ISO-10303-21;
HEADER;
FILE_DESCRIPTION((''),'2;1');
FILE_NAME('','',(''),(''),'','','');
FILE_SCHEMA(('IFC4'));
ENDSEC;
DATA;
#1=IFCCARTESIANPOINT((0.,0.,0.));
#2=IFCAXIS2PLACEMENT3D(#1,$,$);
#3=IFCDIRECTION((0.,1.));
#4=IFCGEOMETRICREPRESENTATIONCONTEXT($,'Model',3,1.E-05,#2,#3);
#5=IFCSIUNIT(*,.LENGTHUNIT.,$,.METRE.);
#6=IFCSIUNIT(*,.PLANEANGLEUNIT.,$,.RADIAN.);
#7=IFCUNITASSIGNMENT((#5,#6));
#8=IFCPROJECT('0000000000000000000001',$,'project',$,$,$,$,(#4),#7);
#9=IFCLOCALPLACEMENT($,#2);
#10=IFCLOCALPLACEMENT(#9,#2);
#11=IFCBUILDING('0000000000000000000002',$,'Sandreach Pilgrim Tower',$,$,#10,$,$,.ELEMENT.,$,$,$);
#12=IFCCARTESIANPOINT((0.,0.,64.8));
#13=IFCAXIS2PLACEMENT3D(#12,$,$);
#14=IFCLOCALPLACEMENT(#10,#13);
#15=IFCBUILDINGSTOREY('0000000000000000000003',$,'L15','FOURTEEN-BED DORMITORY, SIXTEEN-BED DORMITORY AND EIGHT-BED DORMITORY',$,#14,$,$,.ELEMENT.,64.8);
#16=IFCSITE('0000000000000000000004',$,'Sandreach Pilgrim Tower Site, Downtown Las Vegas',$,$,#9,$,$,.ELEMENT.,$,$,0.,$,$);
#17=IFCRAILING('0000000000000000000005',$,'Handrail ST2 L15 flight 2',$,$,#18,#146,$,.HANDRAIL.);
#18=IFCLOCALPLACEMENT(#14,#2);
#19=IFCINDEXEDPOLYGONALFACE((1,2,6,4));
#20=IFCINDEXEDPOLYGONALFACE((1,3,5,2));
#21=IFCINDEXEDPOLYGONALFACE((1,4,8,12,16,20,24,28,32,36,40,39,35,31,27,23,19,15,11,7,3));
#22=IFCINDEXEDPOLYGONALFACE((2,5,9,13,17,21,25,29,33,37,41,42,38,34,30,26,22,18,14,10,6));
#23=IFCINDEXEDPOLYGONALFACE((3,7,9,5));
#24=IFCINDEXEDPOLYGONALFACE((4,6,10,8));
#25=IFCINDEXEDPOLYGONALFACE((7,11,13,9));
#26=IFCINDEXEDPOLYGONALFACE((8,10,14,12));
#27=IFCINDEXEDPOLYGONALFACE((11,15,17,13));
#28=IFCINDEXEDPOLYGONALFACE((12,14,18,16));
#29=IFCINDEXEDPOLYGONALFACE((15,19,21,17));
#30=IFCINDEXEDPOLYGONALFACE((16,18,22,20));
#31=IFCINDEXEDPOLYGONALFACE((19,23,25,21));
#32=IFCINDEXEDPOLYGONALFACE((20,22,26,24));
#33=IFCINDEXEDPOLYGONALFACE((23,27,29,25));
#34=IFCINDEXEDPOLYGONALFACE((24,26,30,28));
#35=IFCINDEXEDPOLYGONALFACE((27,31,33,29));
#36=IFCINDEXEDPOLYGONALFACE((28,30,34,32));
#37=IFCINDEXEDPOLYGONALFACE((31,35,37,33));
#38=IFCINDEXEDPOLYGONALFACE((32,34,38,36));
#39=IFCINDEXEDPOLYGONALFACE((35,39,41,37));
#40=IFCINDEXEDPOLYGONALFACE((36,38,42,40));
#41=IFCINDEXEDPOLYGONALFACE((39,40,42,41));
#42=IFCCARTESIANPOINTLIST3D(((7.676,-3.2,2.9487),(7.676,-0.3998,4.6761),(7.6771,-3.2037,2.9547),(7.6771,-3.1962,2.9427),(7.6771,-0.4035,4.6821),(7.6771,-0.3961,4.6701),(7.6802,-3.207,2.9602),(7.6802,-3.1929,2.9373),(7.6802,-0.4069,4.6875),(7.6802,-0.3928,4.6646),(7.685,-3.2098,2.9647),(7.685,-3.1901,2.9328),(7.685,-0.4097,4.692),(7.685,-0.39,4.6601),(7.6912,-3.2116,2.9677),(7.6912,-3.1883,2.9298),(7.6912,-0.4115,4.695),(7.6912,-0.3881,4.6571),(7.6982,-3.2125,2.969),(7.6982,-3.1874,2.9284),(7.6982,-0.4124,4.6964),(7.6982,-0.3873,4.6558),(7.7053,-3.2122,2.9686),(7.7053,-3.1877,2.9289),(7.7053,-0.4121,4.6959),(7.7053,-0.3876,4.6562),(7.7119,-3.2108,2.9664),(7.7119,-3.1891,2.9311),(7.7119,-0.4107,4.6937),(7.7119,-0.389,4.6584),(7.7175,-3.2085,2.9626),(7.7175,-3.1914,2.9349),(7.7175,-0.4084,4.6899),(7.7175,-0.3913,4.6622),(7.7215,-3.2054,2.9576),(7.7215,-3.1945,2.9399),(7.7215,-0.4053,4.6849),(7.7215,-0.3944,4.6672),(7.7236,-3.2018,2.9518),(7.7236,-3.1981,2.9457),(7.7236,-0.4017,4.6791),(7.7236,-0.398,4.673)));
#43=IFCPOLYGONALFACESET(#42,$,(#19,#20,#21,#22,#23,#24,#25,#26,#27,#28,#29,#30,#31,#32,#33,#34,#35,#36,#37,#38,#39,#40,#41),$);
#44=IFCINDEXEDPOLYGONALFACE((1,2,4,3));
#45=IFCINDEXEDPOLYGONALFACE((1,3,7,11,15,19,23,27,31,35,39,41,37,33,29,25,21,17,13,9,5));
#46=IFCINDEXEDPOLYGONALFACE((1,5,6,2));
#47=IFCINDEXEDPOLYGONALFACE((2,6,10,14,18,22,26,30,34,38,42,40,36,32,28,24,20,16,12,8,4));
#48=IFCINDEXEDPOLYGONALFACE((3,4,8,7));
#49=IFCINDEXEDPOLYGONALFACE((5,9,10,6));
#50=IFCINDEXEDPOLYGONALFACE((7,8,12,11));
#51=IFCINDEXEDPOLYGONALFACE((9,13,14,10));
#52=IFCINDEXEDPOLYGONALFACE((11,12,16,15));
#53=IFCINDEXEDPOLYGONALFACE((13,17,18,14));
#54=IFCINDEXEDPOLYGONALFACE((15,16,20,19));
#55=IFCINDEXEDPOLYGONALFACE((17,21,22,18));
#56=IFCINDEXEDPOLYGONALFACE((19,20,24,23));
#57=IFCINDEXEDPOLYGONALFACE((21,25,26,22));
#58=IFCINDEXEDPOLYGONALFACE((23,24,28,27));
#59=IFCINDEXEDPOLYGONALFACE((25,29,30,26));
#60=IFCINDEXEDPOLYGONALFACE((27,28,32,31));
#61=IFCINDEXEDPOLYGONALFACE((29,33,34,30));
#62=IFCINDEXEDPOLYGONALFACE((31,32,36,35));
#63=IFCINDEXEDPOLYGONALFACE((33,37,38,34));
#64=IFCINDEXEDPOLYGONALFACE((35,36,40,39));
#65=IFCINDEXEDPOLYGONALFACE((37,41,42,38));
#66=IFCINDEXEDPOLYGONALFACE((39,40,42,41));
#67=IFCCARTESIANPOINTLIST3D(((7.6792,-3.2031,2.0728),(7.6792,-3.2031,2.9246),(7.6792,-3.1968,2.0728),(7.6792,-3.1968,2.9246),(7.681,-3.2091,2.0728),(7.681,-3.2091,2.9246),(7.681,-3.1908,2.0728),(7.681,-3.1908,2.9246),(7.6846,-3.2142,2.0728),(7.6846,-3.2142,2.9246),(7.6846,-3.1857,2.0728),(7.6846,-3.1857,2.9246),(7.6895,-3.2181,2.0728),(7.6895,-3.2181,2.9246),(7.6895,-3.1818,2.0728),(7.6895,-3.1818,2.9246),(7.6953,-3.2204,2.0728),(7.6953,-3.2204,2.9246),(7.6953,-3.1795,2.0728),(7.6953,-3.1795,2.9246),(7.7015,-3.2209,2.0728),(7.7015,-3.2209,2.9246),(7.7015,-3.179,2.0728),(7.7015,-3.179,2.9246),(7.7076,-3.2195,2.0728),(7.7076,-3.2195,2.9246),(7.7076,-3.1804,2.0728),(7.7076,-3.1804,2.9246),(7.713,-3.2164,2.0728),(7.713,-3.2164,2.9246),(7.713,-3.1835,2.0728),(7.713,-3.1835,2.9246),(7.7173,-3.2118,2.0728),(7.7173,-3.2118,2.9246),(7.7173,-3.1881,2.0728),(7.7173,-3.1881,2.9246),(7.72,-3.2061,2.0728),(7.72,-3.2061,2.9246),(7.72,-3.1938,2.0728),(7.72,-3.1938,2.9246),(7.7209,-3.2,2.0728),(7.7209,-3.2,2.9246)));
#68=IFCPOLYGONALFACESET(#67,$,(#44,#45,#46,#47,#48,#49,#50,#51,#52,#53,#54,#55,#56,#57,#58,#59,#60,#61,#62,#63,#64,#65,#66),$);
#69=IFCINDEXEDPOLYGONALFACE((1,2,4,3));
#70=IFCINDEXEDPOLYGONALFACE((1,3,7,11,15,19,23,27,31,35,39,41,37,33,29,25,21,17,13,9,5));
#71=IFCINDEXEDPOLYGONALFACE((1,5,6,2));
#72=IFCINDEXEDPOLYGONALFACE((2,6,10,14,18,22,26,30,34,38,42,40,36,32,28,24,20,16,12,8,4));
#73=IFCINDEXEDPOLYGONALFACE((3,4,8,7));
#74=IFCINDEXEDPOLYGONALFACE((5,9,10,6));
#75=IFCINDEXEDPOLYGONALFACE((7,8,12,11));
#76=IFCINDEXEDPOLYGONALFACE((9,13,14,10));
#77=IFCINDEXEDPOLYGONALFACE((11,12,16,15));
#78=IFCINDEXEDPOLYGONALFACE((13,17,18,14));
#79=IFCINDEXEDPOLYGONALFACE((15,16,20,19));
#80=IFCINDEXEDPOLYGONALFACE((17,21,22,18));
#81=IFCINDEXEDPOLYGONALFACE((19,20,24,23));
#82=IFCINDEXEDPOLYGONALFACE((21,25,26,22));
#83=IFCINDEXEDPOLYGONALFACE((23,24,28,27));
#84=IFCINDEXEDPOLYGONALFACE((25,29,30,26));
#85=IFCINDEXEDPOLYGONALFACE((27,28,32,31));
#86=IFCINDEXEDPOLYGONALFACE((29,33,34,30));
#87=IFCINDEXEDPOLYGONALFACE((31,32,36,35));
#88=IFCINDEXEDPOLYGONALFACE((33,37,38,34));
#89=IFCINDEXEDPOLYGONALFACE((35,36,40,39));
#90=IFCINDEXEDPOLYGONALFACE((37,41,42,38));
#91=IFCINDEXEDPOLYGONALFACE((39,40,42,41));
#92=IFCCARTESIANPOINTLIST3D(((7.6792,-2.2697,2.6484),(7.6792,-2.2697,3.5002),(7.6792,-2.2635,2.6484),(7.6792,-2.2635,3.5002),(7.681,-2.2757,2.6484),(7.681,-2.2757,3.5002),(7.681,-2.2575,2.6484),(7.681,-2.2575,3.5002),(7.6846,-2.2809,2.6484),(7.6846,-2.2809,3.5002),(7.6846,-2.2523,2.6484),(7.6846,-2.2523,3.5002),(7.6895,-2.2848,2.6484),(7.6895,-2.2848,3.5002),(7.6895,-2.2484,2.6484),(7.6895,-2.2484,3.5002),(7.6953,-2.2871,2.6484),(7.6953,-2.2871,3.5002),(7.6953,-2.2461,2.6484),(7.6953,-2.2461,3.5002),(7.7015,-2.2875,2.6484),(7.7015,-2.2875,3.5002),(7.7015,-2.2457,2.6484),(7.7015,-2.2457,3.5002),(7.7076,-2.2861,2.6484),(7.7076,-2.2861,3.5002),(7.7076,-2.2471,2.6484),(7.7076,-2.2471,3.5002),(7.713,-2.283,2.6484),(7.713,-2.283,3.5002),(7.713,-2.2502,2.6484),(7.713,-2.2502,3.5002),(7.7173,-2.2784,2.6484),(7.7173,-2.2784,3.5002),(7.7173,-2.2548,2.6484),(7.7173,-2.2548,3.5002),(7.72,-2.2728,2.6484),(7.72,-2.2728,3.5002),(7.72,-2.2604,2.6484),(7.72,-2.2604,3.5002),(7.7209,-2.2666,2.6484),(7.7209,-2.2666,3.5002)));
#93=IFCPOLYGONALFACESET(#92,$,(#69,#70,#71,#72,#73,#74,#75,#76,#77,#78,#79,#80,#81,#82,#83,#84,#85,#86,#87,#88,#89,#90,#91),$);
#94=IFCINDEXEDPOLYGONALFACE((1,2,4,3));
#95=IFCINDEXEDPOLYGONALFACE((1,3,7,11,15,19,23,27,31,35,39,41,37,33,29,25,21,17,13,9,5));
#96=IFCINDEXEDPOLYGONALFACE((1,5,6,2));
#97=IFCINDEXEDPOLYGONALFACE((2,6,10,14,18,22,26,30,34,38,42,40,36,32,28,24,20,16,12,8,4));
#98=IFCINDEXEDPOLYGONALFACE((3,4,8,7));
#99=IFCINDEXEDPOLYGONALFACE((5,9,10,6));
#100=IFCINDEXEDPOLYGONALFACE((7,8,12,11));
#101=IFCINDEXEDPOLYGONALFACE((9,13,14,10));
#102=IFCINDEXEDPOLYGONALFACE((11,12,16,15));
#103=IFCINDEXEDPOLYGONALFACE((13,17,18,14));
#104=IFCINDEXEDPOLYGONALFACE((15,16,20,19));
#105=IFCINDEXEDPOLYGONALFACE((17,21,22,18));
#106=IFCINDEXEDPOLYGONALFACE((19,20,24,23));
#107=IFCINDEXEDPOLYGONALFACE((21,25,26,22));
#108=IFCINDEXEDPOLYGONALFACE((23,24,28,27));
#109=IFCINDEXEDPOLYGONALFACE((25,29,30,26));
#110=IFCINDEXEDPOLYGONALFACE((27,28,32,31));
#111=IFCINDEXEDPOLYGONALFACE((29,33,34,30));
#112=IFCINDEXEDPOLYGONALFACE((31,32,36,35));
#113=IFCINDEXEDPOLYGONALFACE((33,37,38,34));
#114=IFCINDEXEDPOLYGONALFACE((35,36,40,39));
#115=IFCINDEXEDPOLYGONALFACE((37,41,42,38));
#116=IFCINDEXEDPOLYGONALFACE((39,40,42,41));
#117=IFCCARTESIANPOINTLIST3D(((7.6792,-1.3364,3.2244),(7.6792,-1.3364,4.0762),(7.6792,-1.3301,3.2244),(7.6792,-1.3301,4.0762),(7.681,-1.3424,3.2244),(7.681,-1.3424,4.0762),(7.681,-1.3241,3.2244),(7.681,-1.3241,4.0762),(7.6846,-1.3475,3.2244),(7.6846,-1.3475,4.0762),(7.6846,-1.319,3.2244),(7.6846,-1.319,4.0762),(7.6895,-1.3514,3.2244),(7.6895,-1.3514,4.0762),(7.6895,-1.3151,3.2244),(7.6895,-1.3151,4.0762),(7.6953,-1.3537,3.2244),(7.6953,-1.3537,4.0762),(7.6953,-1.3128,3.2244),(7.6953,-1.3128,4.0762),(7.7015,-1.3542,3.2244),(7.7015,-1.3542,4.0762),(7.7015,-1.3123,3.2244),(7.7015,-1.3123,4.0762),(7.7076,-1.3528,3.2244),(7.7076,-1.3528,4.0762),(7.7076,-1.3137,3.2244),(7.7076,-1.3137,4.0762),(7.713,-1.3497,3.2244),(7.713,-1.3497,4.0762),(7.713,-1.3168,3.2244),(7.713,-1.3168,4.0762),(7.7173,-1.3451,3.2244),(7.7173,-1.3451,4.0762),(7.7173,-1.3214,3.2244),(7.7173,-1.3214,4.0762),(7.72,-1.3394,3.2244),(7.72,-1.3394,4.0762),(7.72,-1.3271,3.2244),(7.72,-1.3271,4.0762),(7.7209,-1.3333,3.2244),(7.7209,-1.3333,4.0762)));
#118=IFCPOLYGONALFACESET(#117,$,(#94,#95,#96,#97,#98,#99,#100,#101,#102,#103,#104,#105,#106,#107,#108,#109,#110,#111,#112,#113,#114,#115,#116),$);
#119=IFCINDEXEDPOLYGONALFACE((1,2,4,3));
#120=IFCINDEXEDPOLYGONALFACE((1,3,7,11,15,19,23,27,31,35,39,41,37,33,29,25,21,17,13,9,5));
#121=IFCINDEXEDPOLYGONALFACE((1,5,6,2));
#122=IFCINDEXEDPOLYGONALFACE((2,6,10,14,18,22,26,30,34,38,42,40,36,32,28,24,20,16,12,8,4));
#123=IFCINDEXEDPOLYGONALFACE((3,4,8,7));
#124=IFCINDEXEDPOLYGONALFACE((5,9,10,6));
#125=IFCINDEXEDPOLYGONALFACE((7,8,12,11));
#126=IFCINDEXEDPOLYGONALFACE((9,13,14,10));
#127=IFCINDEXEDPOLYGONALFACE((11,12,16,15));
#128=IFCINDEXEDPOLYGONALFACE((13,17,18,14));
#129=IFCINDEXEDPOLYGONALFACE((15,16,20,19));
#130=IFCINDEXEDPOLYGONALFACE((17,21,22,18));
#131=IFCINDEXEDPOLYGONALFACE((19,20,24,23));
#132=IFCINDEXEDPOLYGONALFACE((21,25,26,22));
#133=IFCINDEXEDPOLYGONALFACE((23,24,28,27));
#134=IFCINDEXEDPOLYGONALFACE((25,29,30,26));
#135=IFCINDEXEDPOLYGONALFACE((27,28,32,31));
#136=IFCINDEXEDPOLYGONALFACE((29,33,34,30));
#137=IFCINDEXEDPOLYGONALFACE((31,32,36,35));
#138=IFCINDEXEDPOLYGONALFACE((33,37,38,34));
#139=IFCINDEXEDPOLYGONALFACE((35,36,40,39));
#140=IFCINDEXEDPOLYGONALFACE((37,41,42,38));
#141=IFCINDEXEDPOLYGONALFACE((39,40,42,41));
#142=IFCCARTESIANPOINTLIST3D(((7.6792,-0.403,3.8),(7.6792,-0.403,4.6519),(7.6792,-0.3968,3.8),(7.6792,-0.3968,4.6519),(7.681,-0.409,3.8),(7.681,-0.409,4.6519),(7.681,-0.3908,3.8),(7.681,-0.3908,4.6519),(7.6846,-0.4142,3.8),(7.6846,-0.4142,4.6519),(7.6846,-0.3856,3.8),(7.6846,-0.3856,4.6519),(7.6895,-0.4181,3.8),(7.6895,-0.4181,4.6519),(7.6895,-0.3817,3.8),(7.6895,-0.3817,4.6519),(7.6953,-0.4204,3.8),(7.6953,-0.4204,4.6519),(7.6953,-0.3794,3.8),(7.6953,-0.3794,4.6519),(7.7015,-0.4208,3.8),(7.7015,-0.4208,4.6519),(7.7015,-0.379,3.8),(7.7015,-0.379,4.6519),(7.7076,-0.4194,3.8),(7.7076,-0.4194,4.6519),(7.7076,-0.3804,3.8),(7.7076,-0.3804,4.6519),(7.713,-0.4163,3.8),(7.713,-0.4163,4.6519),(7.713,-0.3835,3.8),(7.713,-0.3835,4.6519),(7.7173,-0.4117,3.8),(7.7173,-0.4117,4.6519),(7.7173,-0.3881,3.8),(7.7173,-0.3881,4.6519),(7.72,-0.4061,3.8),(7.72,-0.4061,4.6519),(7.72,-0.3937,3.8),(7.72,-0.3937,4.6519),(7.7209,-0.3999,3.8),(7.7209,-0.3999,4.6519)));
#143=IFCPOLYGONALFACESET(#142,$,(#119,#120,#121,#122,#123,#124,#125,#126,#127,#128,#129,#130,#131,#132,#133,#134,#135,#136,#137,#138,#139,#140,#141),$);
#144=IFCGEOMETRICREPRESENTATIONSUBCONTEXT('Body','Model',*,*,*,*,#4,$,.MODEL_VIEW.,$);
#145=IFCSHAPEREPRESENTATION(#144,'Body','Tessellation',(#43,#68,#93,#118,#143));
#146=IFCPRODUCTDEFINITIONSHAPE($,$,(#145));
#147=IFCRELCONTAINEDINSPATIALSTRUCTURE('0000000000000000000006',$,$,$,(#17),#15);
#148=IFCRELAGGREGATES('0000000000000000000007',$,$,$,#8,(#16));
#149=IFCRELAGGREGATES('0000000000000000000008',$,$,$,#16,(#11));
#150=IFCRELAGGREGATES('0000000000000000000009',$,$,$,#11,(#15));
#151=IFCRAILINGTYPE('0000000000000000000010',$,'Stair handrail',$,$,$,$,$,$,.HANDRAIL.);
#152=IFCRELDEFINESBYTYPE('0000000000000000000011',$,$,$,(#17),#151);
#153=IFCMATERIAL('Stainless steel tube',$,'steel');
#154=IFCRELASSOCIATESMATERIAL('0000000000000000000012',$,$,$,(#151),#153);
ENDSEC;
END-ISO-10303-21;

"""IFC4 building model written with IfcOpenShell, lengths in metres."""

from ifc_helpers import new_model, si_unit, direction, frame, origin, origin_2d, place, context, subcontext, project, spatial, circle, extrude, material, type_object, element, save


model = new_model("IFC4")

# Units and contexts
model_context = context("Model", 3, precision=1e-05, world=origin(), true_north=direction((0.0, 1.0)))
body_context = subcontext(model_context, "Body", "Model", "MODEL_VIEW")
ifc_project = project(units=[si_unit("LENGTHUNIT", "METRE"), si_unit("PLANEANGLEUNIT", "RADIAN")], contexts=[model_context])

# Site, building, storey
site_placement = place(None, origin())
site = spatial("IfcSite", under=ifc_project, at=site_placement, Name="Sandreach Pilgrim Tower Site, Downtown Las Vegas", CompositionType="ELEMENT", RefElevation=0.0)
building_placement = place(site_placement, origin())
building = spatial("IfcBuilding", under=site, at=building_placement, Name="Sandreach Pilgrim Tower", CompositionType="ELEMENT")
storey_placement = place(building_placement, frame((0.0, 0.0, 64.8)))
storey = spatial("IfcBuildingStorey", under=building, at=storey_placement, Name="L15", Description="FOURTEEN-BED DORMITORY, SIXTEEN-BED DORMITORY AND EIGHT-BED DORMITORY", CompositionType="ELEMENT", Elevation=64.8)

# Railing
ifc_material_1 = material(Name="Stainless steel tube", Category="steel")
railing_type = type_object("IfcRailingType", Name="Stair handrail", PredefinedType="HANDRAIL", material=ifc_material_1)
for number, where, name in (
    (1, (7.7, -3.2, 2.0728), "Handrail ST2 L15 flight 2"),
):
    element("IfcRailing", number, at=place(storey_placement, frame(where)), inside=storey, type_object=railing_type, Name=name, PredefinedType="HANDRAIL", context=body_context, shape_type="SweptSolid", body=[
        extrude(circle(Radius=0.0239, at=origin_2d()), frame((0.0, 0.0, 0.876), z_axis=(0.0, 0.85109, 0.52502), x_axis=(-1.0, 0.0, 0.0)), (0.0, 0.0, 1.0), 3.29),
        extrude(circle(Radius=0.021, at=origin_2d()), origin(), (0.0, 0.0, 1.0), 0.8518),
        extrude(circle(Radius=0.021, at=origin_2d()), frame((0.0, 0.9333, 0.5757)), (0.0, 0.0, 1.0), 0.8518),
        extrude(circle(Radius=0.021, at=origin_2d()), frame((0.0, 1.8667, 1.1516)), (0.0, 0.0, 1.0), 0.8518),
        extrude(circle(Radius=0.021, at=origin_2d()), frame((0.0, 2.8, 1.7273)), (0.0, 0.0, 1.0), 0.8518),
    ])

save(model, "model.ifc")
